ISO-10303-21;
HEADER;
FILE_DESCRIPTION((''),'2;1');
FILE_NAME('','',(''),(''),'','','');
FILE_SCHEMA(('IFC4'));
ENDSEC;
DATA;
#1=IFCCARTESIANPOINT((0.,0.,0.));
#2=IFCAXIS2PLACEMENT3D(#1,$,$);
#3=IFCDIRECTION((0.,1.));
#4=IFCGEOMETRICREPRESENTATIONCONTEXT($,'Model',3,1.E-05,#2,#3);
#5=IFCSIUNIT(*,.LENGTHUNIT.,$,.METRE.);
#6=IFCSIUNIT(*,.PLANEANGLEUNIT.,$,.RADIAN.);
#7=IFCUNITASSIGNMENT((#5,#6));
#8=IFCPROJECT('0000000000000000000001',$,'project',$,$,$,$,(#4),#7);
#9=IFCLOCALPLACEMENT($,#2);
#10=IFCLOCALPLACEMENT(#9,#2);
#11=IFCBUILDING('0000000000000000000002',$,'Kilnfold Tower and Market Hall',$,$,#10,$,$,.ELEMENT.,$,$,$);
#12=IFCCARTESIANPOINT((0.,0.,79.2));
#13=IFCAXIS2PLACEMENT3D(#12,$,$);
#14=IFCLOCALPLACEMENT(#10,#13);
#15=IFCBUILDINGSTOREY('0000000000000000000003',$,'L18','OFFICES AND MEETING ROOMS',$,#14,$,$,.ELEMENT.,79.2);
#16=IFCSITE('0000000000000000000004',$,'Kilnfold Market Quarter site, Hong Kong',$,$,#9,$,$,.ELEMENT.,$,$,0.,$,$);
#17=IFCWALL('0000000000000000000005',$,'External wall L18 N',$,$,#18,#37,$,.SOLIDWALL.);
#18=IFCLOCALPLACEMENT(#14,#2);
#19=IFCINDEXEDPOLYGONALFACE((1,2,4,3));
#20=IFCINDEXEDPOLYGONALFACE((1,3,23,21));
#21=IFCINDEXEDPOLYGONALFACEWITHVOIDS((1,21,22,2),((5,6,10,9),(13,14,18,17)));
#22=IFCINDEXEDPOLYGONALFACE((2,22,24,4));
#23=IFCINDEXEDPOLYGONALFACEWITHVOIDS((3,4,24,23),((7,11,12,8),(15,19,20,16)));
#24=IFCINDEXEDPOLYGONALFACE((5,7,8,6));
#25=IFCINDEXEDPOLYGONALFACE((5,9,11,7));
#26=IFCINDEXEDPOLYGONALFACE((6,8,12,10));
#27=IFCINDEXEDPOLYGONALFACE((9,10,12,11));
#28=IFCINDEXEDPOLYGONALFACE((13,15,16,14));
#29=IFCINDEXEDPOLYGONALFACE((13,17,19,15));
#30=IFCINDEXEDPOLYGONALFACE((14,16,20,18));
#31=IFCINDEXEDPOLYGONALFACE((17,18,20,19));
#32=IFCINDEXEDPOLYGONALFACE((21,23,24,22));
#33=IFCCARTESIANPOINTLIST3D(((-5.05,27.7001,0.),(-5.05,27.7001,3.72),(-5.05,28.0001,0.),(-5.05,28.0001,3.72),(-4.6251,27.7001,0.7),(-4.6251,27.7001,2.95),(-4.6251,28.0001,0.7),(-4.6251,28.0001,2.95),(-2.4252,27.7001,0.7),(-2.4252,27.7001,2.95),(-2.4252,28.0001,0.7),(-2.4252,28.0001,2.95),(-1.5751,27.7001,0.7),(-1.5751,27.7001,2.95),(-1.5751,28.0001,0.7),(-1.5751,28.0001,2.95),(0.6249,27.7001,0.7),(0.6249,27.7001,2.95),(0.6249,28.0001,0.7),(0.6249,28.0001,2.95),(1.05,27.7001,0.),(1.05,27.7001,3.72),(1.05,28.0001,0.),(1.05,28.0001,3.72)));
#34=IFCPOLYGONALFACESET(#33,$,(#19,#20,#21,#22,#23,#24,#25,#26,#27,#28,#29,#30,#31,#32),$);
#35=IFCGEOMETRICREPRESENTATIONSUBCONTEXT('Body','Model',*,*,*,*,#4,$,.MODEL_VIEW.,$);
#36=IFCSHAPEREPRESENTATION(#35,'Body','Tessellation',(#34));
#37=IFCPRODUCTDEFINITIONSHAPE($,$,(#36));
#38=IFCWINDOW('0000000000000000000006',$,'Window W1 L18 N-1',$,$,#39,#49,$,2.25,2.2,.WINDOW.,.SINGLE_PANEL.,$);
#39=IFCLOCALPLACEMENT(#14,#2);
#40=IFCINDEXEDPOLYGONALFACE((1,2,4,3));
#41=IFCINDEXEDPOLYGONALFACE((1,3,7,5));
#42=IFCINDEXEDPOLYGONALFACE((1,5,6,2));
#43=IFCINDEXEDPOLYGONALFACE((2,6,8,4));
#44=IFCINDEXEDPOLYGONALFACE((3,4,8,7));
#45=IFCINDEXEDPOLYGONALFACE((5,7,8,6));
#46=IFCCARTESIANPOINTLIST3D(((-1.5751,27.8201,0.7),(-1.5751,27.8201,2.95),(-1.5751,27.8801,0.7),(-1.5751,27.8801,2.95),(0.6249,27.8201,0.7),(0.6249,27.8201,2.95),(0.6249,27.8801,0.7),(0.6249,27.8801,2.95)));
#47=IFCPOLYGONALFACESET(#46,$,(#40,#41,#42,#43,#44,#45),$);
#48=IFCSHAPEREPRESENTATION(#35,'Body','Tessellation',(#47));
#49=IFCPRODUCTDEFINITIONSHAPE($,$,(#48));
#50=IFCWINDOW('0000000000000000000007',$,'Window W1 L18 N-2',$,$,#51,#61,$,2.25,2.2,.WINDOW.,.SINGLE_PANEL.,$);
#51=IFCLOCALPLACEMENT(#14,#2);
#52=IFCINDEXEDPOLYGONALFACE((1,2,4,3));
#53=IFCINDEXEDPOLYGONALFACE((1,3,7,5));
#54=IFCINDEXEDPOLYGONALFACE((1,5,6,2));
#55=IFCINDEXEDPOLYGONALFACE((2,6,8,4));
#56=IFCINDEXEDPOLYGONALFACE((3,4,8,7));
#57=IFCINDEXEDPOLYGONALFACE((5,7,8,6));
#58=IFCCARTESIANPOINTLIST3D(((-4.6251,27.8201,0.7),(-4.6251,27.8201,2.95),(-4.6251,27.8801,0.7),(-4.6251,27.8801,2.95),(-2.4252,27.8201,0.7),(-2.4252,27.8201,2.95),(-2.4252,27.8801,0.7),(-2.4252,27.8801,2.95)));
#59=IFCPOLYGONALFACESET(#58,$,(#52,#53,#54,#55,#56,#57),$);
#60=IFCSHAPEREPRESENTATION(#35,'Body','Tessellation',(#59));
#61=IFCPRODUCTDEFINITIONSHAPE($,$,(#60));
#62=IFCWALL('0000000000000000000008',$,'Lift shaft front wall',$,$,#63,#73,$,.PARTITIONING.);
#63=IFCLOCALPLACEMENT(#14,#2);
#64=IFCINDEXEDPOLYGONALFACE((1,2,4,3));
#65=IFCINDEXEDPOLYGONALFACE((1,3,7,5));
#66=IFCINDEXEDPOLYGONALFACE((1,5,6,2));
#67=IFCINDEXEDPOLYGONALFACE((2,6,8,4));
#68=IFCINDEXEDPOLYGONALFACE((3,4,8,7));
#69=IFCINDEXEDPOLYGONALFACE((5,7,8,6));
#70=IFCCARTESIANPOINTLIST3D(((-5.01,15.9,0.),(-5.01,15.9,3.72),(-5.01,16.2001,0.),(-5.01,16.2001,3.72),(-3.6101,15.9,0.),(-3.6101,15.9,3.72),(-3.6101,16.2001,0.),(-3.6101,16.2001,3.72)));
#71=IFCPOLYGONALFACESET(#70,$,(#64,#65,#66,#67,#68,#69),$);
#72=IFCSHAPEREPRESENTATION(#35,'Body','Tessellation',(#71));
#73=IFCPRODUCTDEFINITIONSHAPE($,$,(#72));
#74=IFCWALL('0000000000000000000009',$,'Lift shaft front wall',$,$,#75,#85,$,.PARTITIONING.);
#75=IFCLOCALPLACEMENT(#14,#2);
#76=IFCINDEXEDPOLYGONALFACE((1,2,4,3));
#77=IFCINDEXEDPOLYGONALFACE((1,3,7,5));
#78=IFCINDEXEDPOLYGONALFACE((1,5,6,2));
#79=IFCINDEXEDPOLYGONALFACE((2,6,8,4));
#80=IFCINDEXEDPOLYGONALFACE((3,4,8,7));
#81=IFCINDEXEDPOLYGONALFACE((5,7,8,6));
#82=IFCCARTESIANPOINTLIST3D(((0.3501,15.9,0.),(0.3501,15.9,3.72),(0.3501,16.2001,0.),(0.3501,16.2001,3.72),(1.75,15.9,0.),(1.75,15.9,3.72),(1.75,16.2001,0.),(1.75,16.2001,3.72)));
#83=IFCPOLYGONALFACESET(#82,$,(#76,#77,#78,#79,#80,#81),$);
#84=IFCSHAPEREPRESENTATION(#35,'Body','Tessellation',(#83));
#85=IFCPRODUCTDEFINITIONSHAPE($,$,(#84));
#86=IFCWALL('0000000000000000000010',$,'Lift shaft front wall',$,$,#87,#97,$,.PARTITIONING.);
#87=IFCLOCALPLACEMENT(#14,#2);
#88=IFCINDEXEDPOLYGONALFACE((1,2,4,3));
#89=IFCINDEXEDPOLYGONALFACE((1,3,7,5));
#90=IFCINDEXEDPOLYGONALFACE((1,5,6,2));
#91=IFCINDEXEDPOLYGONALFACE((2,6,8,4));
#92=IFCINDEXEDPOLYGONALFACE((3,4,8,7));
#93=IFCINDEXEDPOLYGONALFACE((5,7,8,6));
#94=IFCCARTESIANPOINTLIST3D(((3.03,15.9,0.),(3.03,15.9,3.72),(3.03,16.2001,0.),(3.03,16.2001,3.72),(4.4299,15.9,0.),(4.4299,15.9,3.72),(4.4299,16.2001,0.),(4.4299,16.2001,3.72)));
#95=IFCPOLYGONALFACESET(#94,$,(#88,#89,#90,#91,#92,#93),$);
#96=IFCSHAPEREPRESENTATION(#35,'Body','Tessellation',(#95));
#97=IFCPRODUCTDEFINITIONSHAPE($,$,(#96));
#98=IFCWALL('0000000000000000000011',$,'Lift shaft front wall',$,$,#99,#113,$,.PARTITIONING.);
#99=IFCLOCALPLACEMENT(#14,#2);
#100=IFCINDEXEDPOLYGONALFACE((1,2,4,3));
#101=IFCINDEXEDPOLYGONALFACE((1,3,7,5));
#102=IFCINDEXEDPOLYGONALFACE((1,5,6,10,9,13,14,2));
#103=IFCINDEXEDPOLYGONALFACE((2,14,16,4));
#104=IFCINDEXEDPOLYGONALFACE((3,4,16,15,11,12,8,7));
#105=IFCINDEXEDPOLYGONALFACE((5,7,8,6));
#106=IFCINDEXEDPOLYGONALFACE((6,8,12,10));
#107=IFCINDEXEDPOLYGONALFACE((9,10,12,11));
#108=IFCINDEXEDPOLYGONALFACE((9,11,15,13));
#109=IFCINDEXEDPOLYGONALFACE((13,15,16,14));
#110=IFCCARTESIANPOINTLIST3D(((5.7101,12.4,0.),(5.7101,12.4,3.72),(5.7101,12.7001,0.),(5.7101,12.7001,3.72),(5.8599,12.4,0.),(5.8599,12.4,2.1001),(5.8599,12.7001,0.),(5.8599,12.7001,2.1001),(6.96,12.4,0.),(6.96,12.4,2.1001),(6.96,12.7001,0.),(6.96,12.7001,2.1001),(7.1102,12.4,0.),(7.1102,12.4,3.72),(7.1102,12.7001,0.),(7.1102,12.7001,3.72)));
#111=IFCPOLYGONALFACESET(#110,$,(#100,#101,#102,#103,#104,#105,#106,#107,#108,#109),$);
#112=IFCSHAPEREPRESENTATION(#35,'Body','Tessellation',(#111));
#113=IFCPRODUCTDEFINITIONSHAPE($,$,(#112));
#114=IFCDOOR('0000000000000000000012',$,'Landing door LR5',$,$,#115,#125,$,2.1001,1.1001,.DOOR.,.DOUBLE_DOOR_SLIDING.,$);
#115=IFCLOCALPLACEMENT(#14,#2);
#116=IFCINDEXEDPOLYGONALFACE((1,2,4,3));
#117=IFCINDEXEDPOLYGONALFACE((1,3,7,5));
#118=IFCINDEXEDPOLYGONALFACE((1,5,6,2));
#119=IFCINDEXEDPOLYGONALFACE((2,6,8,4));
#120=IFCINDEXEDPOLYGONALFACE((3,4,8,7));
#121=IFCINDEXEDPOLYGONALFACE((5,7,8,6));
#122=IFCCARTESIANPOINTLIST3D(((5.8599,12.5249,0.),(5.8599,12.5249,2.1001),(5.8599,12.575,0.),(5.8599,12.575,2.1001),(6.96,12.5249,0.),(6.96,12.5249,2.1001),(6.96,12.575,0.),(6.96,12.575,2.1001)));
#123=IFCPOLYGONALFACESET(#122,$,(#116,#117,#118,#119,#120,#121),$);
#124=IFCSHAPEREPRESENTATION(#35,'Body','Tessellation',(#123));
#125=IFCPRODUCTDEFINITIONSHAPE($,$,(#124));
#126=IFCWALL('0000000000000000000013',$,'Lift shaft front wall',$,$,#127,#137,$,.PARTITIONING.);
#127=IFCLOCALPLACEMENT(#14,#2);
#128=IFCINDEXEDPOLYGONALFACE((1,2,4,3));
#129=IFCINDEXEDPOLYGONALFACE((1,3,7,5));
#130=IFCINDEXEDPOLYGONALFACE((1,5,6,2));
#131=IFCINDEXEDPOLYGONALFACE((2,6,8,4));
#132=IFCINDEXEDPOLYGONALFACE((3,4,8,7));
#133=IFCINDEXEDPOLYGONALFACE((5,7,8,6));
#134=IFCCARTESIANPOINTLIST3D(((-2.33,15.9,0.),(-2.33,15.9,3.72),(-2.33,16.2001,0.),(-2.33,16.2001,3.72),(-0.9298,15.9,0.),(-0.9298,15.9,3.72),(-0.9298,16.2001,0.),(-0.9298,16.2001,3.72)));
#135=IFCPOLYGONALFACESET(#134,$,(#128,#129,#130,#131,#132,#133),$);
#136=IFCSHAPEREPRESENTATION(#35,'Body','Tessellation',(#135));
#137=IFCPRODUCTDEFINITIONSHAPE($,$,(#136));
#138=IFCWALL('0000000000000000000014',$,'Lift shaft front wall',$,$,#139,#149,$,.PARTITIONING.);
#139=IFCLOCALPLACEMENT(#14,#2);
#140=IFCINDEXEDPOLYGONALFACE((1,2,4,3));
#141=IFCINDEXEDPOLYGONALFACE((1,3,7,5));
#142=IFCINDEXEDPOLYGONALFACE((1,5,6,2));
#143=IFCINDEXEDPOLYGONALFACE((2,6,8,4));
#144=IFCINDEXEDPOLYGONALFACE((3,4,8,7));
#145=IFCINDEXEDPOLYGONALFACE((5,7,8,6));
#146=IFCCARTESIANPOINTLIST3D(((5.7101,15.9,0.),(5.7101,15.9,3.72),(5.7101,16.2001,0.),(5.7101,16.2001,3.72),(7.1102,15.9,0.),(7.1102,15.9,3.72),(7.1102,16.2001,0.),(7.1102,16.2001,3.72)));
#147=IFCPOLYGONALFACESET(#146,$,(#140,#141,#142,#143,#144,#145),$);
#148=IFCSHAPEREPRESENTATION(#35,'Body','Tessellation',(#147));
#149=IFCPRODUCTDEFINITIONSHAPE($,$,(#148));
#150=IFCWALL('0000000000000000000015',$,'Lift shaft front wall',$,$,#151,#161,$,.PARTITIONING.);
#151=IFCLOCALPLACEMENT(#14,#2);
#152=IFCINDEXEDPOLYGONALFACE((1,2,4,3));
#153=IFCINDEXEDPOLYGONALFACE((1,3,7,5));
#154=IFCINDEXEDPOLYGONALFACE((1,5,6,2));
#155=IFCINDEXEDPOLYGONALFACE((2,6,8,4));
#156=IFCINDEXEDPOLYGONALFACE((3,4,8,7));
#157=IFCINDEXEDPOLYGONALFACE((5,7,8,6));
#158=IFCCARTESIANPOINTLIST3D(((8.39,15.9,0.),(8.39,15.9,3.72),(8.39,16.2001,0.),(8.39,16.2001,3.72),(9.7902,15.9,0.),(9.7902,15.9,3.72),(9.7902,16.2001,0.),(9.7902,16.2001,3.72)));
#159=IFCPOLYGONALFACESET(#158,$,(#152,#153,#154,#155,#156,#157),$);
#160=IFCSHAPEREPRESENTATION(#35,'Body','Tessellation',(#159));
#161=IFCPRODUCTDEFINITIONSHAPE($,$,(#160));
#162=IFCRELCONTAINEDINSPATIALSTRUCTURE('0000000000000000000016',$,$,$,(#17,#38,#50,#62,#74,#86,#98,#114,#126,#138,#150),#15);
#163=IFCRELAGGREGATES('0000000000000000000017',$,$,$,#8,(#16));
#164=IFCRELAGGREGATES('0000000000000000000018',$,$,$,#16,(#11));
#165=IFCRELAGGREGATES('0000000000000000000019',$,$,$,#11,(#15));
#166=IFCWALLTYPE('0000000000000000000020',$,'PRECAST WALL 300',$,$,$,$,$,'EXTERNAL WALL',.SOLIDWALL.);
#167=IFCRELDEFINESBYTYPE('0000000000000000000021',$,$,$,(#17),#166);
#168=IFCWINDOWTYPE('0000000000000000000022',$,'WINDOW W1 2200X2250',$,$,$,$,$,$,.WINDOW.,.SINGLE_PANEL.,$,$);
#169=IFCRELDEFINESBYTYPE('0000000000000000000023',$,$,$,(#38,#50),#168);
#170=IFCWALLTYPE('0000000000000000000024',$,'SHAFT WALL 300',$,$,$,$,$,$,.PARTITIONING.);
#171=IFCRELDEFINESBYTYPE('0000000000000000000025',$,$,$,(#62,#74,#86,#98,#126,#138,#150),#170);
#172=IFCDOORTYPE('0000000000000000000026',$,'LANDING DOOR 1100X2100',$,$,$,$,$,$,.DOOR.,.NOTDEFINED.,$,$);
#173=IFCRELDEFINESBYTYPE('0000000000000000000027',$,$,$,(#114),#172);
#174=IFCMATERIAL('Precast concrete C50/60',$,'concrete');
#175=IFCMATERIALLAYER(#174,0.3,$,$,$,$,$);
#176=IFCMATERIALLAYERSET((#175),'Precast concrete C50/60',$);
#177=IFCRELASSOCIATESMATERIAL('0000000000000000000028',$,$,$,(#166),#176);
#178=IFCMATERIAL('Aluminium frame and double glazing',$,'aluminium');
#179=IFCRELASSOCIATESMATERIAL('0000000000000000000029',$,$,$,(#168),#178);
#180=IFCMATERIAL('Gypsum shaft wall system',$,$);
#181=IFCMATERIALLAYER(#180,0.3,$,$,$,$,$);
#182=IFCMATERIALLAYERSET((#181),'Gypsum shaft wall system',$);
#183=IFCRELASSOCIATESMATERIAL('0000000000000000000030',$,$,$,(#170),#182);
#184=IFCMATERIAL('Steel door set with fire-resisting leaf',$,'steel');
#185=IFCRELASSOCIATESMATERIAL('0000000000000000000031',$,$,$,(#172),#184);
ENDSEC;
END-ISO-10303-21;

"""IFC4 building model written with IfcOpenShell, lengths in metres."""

from ifc_helpers import new_model, si_unit, direction, frame, frame_2d, origin, place, context, subcontext, project, spatial, rectangle, extrude, source, transform, mapped, material, layer, layer_set, type_object, element, fill, save


model = new_model("IFC4")

# Units and contexts
model_context = context("Model", 3, precision=1e-05, world=origin(), true_north=direction((0.0, 1.0)))
body_context = subcontext(model_context, "Body", "Model", "MODEL_VIEW")
ifc_project = project(units=[si_unit("LENGTHUNIT", "METRE"), si_unit("PLANEANGLEUNIT", "RADIAN")], contexts=[model_context])

# Site, building, storey
site_placement = place(None, origin())
site = spatial("IfcSite", under=ifc_project, at=site_placement, Name="Kilnfold Market Quarter site, Hong Kong", CompositionType="ELEMENT", RefElevation=0.0)
building_placement = place(site_placement, origin())
building = spatial("IfcBuilding", under=site, at=building_placement, Name="Kilnfold Tower and Market Hall", CompositionType="ELEMENT")
storey_placement = place(building_placement, frame((0.0, 0.0, 79.2)))
storey = spatial("IfcBuildingStorey", under=building, at=storey_placement, Name="L18", Description="OFFICES AND MEETING ROOMS", CompositionType="ELEMENT", Elevation=79.2)

# Wall, openings, windows
ifc_material_1 = material(Name="Precast concrete C50/60", Category="concrete")
ifc_layer_1 = layer(ifc_material_1, 0.3)
ifc_layer_set_1 = layer_set([ifc_layer_1], Name="Precast concrete C50/60")
wall_type_1 = type_object("IfcWallType", Name="PRECAST WALL 300", ElementType="EXTERNAL WALL", PredefinedType="SOLIDWALL", material=ifc_layer_set_1)
shared_shape_1 = source(origin(), body_context, "Body", "SweptSolid", [
    extrude(rectangle(XDim=6.1001, YDim=0.3, at=frame_2d((3.05, 0.0))), origin(), (0.0, 0.0, 1.0), 3.72),
])
ifc_material_2 = material(Name="Aluminium frame and double glazing", Category="aluminium")
window_type = type_object("IfcWindowType", Name="WINDOW W1 2200X2250", PartitioningType="SINGLE_PANEL", PredefinedType="WINDOW", material=ifc_material_2)
wall_1_placement = place(storey_placement, frame((1.05, 27.8501, 0.0), z_axis=(0.0, 0.0, 1.0), x_axis=(-1.0, 0.0, 0.0)))
wall_1 = element("IfcWall", 1, at=wall_1_placement, inside=storey, type_object=wall_type_1, Name="External wall L18 N", PredefinedType="SOLIDWALL", context=body_context, shape_type="MappedRepresentation", body=[
    mapped(shared_shape_1, transform((0.0, 0.0, 0.0))),
])
opening_1_placement = place(wall_1_placement, frame((0.425, 0.0, 0.7)))
opening_1 = element("IfcOpeningElement", 2, at=opening_1_placement, cuts=wall_1, PredefinedType="OPENING", context=body_context, shape_type="SweptSolid", body=[
    extrude(rectangle(XDim=2.2, YDim=2.25, at=frame_2d((1.1001, 1.125))), frame((0.0, 0.1602, 0.0), z_axis=(0.0, -1.0, 0.0), x_axis=(1.0, 0.0, 0.0)), (0.0, 0.0, 1.0), 0.3201),
])
opening_2_placement = place(wall_1_placement, frame((3.4751, 0.0, 0.7)))
opening_2 = element("IfcOpeningElement", 3, at=opening_2_placement, cuts=wall_1, PredefinedType="OPENING", context=body_context, shape_type="SweptSolid", body=[
    extrude(rectangle(XDim=2.2, YDim=2.25, at=frame_2d((1.1001, 1.125))), frame((0.0, 0.1602, 0.0), z_axis=(0.0, -1.0, 0.0), x_axis=(1.0, 0.0, 0.0)), (0.0, 0.0, 1.0), 0.3201),
])
window_1_placement = place(opening_1_placement, origin())
window_1 = element("IfcWindow", 4, at=window_1_placement, inside=storey, type_object=window_type, Name="Window W1 L18 N-1", OverallHeight=2.25, OverallWidth=2.2, PartitioningType="SINGLE_PANEL", PredefinedType="WINDOW", context=body_context, shape_type="SweptSolid", body=[
    extrude(rectangle(XDim=2.2, YDim=2.25, at=frame_2d((1.1001, 1.125))), frame((0.0, 0.03, 0.0), z_axis=(0.0, -1.0, 0.0), x_axis=(1.0, 0.0, 0.0)), (0.0, 0.0, 1.0), 0.0601),
])
fill(opening_1, window_1)
window_2_placement = place(opening_2_placement, origin())
window_2 = element("IfcWindow", 5, at=window_2_placement, inside=storey, type_object=window_type, Name="Window W1 L18 N-2", OverallHeight=2.25, OverallWidth=2.2, PartitioningType="SINGLE_PANEL", PredefinedType="WINDOW", context=body_context, shape_type="SweptSolid", body=[
    extrude(rectangle(XDim=2.2, YDim=2.25, at=frame_2d((1.1001, 1.125))), frame((0.0, 0.03, 0.0), z_axis=(0.0, -1.0, 0.0), x_axis=(1.0, 0.0, 0.0)), (0.0, 0.0, 1.0), 0.0601),
])
fill(opening_2, window_2)

# Walls
ifc_material_3 = material(Name="Gypsum shaft wall system")
ifc_layer_2 = layer(ifc_material_3, 0.3)
ifc_layer_set_2 = layer_set([ifc_layer_2], Name="Gypsum shaft wall system")
wall_type_2 = type_object("IfcWallType", Name="SHAFT WALL 300", PredefinedType="PARTITIONING", material=ifc_layer_set_2)
shared_shape_2 = source(origin(), body_context, "Body", "SweptSolid", [
    extrude(rectangle(XDim=1.3999, YDim=0.3, at=frame_2d((0.7, 0.0))), origin(), (0.0, 0.0, 1.0), 3.72),
])
for number, where, z_axis, x_axis, name in (
    (6, (-5.01, 16.05, 0.0), (0.0, 0.0, 1.0), (1.0, 0.0, 0.0), "Lift shaft front wall"),
    (7, (0.3501, 16.05, 0.0), (0.0, 0.0, 1.0), (1.0, 0.0, 0.0), "Lift shaft front wall"),
    (8, (3.03, 16.05, 0.0), (0.0, 0.0, 1.0), (1.0, 0.0, 0.0), "Lift shaft front wall"),
):
    element("IfcWall", number, at=place(storey_placement, frame(where, z_axis=z_axis, x_axis=x_axis)), inside=storey, type_object=wall_type_2, Name=name, PredefinedType="PARTITIONING", context=body_context, shape_type="MappedRepresentation", body=[
        mapped(shared_shape_2, transform((0.0, 0.0, 0.0))),
    ])

# Wall, opening, door
shared_shape_3 = source(origin(), body_context, "Body", "SweptSolid", [
    extrude(rectangle(XDim=1.4001, YDim=0.3, at=frame_2d((0.7002, 0.0))), origin(), (0.0, 0.0, 1.0), 3.72),
])
wall_2_placement = place(storey_placement, frame((5.71, 12.55, 0.0), z_axis=(0.0, 0.0, 1.0), x_axis=(1.0, 0.0, 0.0)))
wall_2 = element("IfcWall", 9, at=wall_2_placement, inside=storey, type_object=wall_type_2, Name="Lift shaft front wall", PredefinedType="PARTITIONING", context=body_context, shape_type="MappedRepresentation", body=[
    mapped(shared_shape_3, transform((0.0, 0.0, 0.0))),
])
opening_3_placement = place(wall_2_placement, frame((0.1499, 0.0, 0.0)))
opening_3 = element("IfcOpeningElement", 10, at=opening_3_placement, cuts=wall_2, PredefinedType="OPENING", context=body_context, shape_type="SweptSolid", body=[
    extrude(rectangle(XDim=1.1001, YDim=2.1001, at=frame_2d((0.55, 1.05))), frame((0.0, 0.1602, 0.0), z_axis=(0.0, -1.0, 0.0), x_axis=(1.0, 0.0, 0.0)), (0.0, 0.0, 1.0), 0.3201),
])
ifc_material_4 = material(Name="Steel door set with fire-resisting leaf", Category="steel")
door_type_1 = type_object("IfcDoorType", Name="LANDING DOOR 1100X2100", OperationType="NOTDEFINED", PredefinedType="DOOR", material=ifc_material_4)
door_1_placement = place(opening_3_placement, origin())
door_1 = element("IfcDoor", 11, at=door_1_placement, inside=storey, type_object=door_type_1, Name="Landing door LR5", OperationType="DOUBLE_DOOR_SLIDING", OverallHeight=2.1001, OverallWidth=1.1001, PredefinedType="DOOR", context=body_context, shape_type="SweptSolid", body=[
    extrude(rectangle(XDim=1.1001, YDim=2.1001, at=frame_2d((0.55, 1.05))), frame((0.0, 0.0249, 0.0), z_axis=(0.0, -1.0, 0.0), x_axis=(1.0, 0.0, 0.0)), (0.0, 0.0, 1.0), 0.05),
])
fill(opening_3, door_1)

# Walls
for number, where, z_axis, x_axis, name in (
    (12, (-2.3301, 16.05, 0.0), (0.0, 0.0, 1.0), (1.0, 0.0, 0.0), "Lift shaft front wall"),
    (13, (5.71, 16.05, 0.0), (0.0, 0.0, 1.0), (1.0, 0.0, 0.0), "Lift shaft front wall"),
    (14, (8.3899, 16.05, 0.0), (0.0, 0.0, 1.0), (1.0, 0.0, 0.0), "Lift shaft front wall"),
):
    element("IfcWall", number, at=place(storey_placement, frame(where, z_axis=z_axis, x_axis=x_axis)), inside=storey, type_object=wall_type_2, Name=name, PredefinedType="PARTITIONING", context=body_context, shape_type="MappedRepresentation", body=[
        mapped(shared_shape_3, transform((0.0, 0.0, 0.0))),
    ])

save(model, "model.ifc")
